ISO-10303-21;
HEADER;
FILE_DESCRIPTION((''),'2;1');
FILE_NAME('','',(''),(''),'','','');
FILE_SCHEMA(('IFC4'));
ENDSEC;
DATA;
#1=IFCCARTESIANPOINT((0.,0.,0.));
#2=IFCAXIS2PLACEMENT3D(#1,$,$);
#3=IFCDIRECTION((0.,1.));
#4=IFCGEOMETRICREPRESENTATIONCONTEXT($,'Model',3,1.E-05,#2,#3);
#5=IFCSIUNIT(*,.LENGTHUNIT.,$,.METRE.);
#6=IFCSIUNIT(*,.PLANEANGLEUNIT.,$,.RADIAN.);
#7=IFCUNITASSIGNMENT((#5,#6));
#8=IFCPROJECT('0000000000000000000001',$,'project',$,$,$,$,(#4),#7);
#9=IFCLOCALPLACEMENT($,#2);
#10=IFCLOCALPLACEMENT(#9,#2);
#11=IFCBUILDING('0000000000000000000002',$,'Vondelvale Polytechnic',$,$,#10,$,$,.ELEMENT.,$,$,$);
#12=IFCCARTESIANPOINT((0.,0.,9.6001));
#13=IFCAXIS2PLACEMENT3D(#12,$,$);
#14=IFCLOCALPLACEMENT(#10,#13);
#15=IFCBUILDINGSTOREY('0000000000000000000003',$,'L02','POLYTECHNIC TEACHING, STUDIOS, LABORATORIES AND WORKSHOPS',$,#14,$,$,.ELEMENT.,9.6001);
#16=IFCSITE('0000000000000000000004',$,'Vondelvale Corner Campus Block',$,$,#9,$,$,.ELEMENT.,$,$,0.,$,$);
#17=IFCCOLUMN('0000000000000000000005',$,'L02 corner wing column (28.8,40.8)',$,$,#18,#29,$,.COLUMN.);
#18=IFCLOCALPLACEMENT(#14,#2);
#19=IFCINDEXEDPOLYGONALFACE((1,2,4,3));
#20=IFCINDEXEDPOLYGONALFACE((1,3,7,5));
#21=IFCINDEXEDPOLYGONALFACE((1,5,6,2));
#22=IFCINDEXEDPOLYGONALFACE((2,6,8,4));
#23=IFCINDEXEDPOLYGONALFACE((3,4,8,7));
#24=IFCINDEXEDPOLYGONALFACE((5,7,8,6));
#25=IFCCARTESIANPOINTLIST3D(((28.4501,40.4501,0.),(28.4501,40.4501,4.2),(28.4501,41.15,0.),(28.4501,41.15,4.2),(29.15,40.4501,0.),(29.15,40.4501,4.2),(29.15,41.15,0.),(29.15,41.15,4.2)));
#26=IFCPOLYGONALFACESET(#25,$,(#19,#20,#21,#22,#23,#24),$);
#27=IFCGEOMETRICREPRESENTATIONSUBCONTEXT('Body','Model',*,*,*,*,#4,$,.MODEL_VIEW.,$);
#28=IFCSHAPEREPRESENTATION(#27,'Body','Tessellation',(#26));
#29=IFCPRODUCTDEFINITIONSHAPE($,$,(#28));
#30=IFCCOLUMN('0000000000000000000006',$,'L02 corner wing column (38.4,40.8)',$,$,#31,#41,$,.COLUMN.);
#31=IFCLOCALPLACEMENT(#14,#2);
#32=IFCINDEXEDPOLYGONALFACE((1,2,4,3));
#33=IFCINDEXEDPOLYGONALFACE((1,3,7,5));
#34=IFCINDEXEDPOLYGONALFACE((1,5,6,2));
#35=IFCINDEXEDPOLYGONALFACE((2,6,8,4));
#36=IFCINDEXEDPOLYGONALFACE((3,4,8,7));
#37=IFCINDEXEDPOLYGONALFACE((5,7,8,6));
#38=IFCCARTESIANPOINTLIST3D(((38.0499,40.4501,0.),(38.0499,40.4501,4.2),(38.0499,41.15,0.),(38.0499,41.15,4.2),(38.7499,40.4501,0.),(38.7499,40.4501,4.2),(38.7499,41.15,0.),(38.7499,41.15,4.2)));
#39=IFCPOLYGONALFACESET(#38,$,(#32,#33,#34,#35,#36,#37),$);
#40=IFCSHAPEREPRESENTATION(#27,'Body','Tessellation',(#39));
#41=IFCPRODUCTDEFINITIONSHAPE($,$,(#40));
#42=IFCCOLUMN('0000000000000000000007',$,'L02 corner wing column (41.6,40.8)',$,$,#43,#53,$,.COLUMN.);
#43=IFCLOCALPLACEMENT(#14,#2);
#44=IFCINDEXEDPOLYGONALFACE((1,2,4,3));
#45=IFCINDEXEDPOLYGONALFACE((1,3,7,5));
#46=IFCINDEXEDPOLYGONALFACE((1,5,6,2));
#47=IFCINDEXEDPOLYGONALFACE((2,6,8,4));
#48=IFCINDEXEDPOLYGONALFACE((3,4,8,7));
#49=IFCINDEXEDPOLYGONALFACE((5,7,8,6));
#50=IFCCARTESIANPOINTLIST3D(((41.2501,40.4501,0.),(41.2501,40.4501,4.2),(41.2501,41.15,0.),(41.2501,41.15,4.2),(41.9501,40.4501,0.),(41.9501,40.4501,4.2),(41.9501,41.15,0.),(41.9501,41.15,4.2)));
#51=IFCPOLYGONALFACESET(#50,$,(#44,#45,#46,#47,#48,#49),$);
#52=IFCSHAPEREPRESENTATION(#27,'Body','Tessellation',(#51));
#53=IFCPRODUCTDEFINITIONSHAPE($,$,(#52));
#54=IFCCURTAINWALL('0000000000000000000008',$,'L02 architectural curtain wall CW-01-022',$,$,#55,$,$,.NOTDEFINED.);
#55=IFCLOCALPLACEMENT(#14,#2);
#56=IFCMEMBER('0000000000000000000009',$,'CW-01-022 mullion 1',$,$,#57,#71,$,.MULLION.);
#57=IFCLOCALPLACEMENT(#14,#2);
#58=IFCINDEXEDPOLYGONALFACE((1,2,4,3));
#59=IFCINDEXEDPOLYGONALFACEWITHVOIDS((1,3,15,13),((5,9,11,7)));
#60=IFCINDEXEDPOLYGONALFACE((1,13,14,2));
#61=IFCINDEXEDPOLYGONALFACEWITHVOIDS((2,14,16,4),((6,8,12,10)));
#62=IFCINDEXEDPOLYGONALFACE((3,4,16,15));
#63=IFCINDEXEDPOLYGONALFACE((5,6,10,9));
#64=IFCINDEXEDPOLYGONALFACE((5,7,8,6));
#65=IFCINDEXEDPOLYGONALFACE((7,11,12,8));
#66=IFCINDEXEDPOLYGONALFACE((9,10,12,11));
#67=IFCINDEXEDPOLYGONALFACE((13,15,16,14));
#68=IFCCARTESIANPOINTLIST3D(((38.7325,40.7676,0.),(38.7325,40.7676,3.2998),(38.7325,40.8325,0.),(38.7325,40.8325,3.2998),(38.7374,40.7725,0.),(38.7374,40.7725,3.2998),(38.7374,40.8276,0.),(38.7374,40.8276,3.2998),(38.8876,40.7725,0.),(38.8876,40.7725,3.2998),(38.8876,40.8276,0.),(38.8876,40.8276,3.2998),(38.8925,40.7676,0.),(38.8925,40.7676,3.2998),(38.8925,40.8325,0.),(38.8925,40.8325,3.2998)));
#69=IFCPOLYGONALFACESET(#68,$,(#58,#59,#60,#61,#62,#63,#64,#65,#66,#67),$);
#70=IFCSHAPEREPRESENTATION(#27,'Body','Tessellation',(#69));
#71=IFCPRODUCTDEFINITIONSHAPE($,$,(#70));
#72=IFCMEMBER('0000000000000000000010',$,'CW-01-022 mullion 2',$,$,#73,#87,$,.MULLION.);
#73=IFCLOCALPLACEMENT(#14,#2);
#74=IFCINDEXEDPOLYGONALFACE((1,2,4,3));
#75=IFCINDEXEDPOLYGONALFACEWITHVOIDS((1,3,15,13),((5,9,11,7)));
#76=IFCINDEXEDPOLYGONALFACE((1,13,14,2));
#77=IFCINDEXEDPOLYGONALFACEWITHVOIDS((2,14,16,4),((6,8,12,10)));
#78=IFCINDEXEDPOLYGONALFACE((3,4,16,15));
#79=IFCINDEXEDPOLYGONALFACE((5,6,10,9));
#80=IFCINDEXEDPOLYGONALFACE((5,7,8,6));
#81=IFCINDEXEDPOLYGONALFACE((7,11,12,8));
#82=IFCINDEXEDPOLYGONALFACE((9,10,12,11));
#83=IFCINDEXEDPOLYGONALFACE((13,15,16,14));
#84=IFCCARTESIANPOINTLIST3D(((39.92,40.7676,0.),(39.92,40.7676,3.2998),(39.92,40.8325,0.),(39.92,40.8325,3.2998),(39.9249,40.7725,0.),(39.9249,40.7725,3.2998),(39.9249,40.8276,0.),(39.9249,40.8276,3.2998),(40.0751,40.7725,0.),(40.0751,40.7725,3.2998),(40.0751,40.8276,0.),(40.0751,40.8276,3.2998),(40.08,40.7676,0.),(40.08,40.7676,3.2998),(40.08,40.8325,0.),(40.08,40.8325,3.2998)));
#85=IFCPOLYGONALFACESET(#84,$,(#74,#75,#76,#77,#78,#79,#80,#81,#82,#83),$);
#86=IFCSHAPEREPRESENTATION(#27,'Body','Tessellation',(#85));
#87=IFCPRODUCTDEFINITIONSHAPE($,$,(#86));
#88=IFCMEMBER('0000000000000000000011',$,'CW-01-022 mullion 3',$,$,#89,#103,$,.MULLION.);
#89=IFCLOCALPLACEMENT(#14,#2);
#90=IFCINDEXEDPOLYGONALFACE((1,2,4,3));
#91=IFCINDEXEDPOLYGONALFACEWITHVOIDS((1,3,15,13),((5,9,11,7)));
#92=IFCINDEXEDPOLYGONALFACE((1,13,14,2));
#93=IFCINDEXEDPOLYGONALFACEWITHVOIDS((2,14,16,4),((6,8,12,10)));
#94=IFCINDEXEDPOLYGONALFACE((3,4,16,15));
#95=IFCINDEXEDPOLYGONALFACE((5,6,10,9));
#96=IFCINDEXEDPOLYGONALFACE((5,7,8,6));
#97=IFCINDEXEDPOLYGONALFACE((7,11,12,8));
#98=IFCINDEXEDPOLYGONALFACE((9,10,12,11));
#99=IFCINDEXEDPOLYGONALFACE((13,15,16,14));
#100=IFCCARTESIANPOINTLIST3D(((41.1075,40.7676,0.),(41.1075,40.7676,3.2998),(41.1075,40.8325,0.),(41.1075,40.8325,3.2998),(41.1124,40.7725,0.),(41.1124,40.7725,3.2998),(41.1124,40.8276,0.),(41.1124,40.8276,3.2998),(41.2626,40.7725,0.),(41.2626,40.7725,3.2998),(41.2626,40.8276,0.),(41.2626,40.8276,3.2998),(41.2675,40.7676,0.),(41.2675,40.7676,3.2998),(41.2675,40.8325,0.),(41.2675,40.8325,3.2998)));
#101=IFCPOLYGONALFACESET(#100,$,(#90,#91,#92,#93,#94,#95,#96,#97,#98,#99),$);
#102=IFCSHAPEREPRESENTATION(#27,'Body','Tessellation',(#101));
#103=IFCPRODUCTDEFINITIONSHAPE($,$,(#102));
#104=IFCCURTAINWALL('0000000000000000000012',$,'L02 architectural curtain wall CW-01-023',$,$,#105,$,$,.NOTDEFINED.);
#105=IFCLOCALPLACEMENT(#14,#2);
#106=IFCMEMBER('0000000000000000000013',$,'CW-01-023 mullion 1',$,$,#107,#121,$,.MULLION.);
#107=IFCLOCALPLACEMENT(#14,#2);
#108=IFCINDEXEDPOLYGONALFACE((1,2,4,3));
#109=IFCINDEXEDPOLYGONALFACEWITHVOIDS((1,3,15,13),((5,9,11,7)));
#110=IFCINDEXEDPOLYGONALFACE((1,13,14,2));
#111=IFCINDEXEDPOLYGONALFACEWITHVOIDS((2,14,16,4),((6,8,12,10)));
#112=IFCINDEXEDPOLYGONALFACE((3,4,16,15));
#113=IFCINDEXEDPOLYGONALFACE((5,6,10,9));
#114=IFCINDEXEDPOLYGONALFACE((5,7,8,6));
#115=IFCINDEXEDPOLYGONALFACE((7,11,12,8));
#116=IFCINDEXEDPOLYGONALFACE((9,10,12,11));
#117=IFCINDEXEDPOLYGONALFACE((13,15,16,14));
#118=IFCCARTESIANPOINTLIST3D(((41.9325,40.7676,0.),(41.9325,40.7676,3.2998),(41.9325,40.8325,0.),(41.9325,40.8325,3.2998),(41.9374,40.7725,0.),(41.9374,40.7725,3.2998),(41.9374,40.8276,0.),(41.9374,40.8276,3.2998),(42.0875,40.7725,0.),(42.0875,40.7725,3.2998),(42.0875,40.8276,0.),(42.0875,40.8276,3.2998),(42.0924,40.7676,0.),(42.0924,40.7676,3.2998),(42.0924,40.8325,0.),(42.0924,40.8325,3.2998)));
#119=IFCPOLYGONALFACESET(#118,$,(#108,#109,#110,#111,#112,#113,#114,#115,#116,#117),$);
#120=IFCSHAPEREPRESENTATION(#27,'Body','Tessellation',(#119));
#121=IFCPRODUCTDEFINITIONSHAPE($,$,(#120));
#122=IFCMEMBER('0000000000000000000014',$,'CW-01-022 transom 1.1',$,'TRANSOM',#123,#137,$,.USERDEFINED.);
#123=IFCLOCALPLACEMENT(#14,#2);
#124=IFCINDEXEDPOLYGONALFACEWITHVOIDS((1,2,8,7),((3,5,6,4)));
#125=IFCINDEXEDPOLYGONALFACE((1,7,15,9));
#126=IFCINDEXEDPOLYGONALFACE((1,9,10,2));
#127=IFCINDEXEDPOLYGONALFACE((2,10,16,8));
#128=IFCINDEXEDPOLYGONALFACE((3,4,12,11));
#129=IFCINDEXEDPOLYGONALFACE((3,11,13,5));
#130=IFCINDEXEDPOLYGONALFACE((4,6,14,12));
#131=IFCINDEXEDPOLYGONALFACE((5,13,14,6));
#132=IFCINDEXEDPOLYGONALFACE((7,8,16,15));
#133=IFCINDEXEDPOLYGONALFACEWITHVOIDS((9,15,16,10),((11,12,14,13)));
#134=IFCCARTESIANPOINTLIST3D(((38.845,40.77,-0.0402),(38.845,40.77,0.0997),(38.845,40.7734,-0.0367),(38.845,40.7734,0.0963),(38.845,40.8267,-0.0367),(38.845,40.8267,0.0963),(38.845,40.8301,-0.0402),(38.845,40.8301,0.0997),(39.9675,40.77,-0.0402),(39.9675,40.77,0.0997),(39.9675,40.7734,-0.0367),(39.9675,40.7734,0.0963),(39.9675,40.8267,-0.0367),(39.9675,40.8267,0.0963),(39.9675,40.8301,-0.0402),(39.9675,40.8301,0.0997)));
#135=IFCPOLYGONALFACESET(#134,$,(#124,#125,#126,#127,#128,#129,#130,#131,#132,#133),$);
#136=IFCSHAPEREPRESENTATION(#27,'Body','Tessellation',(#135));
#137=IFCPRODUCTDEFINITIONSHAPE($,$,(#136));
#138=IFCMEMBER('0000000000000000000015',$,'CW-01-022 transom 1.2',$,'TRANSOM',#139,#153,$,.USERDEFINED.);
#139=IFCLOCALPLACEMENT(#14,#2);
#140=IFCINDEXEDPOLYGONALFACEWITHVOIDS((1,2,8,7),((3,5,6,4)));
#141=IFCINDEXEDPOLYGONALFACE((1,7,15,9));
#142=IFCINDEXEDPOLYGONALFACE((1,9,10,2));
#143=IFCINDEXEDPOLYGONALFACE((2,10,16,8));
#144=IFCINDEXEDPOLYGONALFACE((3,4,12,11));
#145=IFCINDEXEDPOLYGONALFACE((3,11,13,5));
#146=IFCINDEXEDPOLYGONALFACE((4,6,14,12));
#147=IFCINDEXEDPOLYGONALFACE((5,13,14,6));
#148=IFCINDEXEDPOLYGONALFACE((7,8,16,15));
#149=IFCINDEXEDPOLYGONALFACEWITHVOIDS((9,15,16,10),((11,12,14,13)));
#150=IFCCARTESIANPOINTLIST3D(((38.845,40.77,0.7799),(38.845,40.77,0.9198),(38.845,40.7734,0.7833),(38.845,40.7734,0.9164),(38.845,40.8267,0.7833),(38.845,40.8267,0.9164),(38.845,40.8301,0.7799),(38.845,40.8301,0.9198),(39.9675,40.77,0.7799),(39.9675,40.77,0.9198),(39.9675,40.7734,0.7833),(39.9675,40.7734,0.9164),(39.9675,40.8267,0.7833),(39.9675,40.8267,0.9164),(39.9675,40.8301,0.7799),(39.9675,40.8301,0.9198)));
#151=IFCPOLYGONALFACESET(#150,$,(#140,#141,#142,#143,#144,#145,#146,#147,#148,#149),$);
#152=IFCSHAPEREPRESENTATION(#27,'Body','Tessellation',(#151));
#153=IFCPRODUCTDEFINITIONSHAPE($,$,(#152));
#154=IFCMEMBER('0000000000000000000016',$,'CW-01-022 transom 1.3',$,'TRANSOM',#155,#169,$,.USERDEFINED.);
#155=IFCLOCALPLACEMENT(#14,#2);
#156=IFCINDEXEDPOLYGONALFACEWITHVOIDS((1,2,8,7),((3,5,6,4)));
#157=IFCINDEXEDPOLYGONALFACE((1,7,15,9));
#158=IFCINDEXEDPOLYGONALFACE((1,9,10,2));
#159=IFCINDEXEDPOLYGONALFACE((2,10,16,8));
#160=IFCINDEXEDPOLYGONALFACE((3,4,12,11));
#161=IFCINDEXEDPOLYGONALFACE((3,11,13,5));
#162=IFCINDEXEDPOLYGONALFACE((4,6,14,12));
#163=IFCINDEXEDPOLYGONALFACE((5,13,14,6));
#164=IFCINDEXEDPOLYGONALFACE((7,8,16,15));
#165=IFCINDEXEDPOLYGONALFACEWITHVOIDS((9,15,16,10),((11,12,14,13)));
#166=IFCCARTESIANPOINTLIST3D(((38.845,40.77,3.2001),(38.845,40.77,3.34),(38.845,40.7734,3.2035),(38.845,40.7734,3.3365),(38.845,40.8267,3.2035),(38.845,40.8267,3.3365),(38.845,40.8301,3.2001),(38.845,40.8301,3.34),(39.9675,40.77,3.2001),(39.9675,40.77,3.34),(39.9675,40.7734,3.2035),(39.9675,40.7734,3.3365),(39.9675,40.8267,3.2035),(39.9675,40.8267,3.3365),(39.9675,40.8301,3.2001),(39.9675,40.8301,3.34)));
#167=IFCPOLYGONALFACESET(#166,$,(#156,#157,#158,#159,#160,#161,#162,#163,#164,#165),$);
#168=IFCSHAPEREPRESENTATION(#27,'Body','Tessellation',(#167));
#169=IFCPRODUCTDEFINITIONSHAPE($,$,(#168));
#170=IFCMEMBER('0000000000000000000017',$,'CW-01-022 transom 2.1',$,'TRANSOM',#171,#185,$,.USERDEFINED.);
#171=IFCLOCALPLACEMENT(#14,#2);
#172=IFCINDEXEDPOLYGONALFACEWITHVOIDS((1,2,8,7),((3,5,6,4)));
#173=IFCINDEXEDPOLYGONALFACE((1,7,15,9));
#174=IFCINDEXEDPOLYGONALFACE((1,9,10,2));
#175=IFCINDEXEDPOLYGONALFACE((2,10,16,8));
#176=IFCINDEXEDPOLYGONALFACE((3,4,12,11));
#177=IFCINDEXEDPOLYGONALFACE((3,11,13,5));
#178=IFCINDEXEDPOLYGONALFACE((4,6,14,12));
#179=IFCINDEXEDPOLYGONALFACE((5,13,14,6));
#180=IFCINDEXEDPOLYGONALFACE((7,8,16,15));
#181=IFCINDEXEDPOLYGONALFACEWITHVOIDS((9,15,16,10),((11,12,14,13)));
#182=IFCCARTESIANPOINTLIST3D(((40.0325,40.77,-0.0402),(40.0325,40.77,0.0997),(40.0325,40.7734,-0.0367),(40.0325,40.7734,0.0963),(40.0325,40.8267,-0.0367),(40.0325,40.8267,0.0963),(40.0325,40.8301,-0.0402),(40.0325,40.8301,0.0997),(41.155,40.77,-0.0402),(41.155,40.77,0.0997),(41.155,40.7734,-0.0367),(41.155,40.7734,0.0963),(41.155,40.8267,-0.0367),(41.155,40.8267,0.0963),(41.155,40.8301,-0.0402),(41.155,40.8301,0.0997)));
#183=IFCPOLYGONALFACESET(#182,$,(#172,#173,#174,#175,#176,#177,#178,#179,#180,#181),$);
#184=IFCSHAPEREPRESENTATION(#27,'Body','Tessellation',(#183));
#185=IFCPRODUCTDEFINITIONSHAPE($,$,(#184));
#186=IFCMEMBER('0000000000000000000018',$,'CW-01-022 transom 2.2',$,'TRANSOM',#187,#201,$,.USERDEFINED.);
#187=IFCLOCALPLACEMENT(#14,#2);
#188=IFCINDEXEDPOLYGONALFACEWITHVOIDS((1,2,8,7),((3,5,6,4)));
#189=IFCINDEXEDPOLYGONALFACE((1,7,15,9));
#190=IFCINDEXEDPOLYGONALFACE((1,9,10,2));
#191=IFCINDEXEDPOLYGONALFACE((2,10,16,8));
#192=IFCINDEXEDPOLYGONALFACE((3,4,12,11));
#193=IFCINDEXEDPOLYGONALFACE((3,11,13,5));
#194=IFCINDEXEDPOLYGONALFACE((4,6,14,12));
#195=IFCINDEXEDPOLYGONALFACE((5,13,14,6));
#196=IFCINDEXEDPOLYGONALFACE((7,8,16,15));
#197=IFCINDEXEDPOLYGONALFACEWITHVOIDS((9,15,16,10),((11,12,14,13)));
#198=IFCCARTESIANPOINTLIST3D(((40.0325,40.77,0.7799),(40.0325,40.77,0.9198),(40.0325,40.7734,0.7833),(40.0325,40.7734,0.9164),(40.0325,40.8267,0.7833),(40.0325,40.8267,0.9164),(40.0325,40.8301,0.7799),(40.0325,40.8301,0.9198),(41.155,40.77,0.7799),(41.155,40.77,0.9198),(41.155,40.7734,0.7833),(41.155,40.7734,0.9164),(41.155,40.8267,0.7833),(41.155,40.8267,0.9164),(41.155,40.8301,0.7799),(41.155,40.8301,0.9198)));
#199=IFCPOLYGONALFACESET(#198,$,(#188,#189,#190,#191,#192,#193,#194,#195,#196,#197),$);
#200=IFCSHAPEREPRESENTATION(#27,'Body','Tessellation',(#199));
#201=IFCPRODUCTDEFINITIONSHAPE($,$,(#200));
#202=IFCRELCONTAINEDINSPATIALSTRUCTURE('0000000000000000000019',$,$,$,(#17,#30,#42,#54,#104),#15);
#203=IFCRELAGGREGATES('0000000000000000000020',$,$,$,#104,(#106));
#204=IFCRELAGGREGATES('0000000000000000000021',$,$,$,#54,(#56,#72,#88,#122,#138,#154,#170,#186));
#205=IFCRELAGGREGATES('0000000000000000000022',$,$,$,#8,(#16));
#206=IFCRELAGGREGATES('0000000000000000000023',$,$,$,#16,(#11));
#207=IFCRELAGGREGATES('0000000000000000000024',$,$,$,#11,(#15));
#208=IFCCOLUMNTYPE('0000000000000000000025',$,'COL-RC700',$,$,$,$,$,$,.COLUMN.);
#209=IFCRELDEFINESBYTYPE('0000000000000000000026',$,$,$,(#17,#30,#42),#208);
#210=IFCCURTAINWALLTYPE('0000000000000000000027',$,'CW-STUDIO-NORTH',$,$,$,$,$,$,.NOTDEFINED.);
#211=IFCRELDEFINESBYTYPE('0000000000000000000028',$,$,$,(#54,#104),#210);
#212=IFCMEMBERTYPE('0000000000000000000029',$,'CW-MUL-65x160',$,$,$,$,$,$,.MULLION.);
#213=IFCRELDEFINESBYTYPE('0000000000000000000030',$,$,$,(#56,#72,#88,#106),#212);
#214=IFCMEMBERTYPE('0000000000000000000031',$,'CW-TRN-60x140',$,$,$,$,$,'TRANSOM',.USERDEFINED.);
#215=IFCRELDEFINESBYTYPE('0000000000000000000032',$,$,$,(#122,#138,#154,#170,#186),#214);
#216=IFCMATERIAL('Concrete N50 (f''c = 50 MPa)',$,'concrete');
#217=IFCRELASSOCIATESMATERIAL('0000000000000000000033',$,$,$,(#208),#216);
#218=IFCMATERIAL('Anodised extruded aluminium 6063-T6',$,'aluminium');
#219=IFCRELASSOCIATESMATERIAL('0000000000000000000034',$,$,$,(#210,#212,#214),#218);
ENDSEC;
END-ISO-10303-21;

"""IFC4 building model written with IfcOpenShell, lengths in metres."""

from ifc_helpers import new_model, si_unit, direction, frame, origin, origin_2d, place, context, subcontext, project, spatial, rectangle, hollow_rectangle, extrude, material, material_profile, profile_set, type_object, element, aggregate, save


model = new_model("IFC4")

# Units and contexts
model_context = context("Model", 3, precision=1e-05, world=origin(), true_north=direction((0.0, 1.0)))
body_context = subcontext(model_context, "Body", "Model", "MODEL_VIEW")
ifc_project = project(units=[si_unit("LENGTHUNIT", "METRE"), si_unit("PLANEANGLEUNIT", "RADIAN")], contexts=[model_context])

# Site, building, storey
site_placement = place(None, origin())
site = spatial("IfcSite", under=ifc_project, at=site_placement, Name="Vondelvale Corner Campus Block", CompositionType="ELEMENT", RefElevation=0.0)
building_placement = place(site_placement, origin())
building = spatial("IfcBuilding", under=site, at=building_placement, Name="Vondelvale Polytechnic", CompositionType="ELEMENT")
storey_placement = place(building_placement, frame((0.0, 0.0, 9.6001)))
storey = spatial("IfcBuildingStorey", under=building, at=storey_placement, Name="L02", Description="POLYTECHNIC TEACHING, STUDIOS, LABORATORIES AND WORKSHOPS", CompositionType="ELEMENT", Elevation=9.6001)

# Columns
ifc_material_1 = material(Name="Concrete N50 (f'c = 50 MPa)", Category="concrete")
ifc_material_profile_1 = material_profile(ifc_material_1, rectangle(XDim=0.7, YDim=0.7, at=origin_2d()), Name="RC-COL-700x700")
ifc_profile_set_1 = profile_set([ifc_material_profile_1], Name="Concrete N50 (f'c = 50 MPa)")
column_type = type_object("IfcColumnType", Name="COL-RC700", PredefinedType="COLUMN", material=ifc_profile_set_1)
for number, where, z_axis, x_axis, name in (
    (1, (28.8, 40.8, 0.0), (0.0, 0.0, 1.0), (1.0, 0.0, 0.0), "L02 corner wing column (28.8,40.8)"),
    (2, (38.3999, 40.8, 0.0), (0.0, 0.0, 1.0), (1.0, 0.0, 0.0), "L02 corner wing column (38.4,40.8)"),
    (3, (41.6001, 40.8, 0.0), (0.0, 0.0, 1.0), (1.0, 0.0, 0.0), "L02 corner wing column (41.6,40.8)"),
):
    element("IfcColumn", number, at=place(storey_placement, frame(where, z_axis=z_axis, x_axis=x_axis)), inside=storey, type_object=column_type, Name=name, PredefinedType="COLUMN", context=body_context, shape_type="SweptSolid", body=[
        extrude(rectangle(XDim=0.7, YDim=0.7, at=origin_2d()), origin(), (0.0, 0.0, 1.0), 4.2),
    ])

# Curtain wall, members
ifc_material_2 = material(Name="Anodised extruded aluminium 6063-T6", Category="aluminium")
curtain_wall_type = type_object("IfcCurtainWallType", Name="CW-STUDIO-NORTH", PredefinedType="NOTDEFINED", material=ifc_material_2)
curtain_wall_1_placement = place(storey_placement, origin())
curtain_wall_1 = element("IfcCurtainWall", 4, at=curtain_wall_1_placement, inside=storey, type_object=curtain_wall_type, Name="L02 architectural curtain wall CW-01-022", PredefinedType="NOTDEFINED")
ifc_material_profile_2 = material_profile(ifc_material_2, hollow_rectangle(XDim=0.0649, YDim=0.1599, WallThickness=0.0049, at=origin_2d()), Name="CW-MUL-160x65")
ifc_profile_set_2 = profile_set([ifc_material_profile_2], Name="Anodised extruded aluminium 6063-T6")
member_type_1 = type_object("IfcMemberType", Name="CW-MUL-65x160", PredefinedType="MULLION", material=ifc_profile_set_2)
member_1_placement = place(storey_placement, frame((38.8125, 40.8, 0.0), z_axis=(0.0, 0.0, 1.0), x_axis=(0.0, 1.0, 0.0)))
member_1 = element("IfcMember", 5, at=member_1_placement, type_object=member_type_1, Name="CW-01-022 mullion 1", PredefinedType="MULLION", context=body_context, shape_type="SweptSolid", body=[
    extrude(hollow_rectangle(XDim=0.0649, YDim=0.1599, WallThickness=0.0049, at=origin_2d()), origin(), (0.0, 0.0, 1.0), 3.2998),
])
member_2_placement = place(storey_placement, frame((40.0, 40.8, 0.0), z_axis=(0.0, 0.0, 1.0), x_axis=(0.0, 1.0, 0.0)))
member_2 = element("IfcMember", 6, at=member_2_placement, type_object=member_type_1, Name="CW-01-022 mullion 2", PredefinedType="MULLION", context=body_context, shape_type="SweptSolid", body=[
    extrude(hollow_rectangle(XDim=0.0649, YDim=0.1599, WallThickness=0.0049, at=origin_2d()), origin(), (0.0, 0.0, 1.0), 3.2998),
])
member_3_placement = place(storey_placement, frame((41.1875, 40.8, 0.0), z_axis=(0.0, 0.0, 1.0), x_axis=(0.0, 1.0, 0.0)))
member_3 = element("IfcMember", 7, at=member_3_placement, type_object=member_type_1, Name="CW-01-022 mullion 3", PredefinedType="MULLION", context=body_context, shape_type="SweptSolid", body=[
    extrude(hollow_rectangle(XDim=0.0649, YDim=0.1599, WallThickness=0.0049, at=origin_2d()), origin(), (0.0, 0.0, 1.0), 3.2998),
])

# Curtain wall, member
curtain_wall_2_placement = place(storey_placement, origin())
curtain_wall_2 = element("IfcCurtainWall", 8, at=curtain_wall_2_placement, inside=storey, type_object=curtain_wall_type, Name="L02 architectural curtain wall CW-01-023", PredefinedType="NOTDEFINED")
member_4_placement = place(storey_placement, frame((42.0125, 40.8, 0.0), z_axis=(0.0, 0.0, 1.0), x_axis=(0.0, 1.0, 0.0)))
member_4 = element("IfcMember", 9, at=member_4_placement, type_object=member_type_1, Name="CW-01-023 mullion 1", PredefinedType="MULLION", context=body_context, shape_type="SweptSolid", body=[
    extrude(hollow_rectangle(XDim=0.0649, YDim=0.1599, WallThickness=0.0049, at=origin_2d()), origin(), (0.0, 0.0, 1.0), 3.2998),
])

# Members
ifc_material_profile_3 = material_profile(ifc_material_2, hollow_rectangle(XDim=0.0601, YDim=0.1399, WallThickness=0.0034, at=origin_2d()), Name="CW-TRN-140x60")
ifc_profile_set_3 = profile_set([ifc_material_profile_3], Name="Anodised extruded aluminium 6063-T6")
member_type_2 = type_object("IfcMemberType", Name="CW-TRN-60x140", ElementType="TRANSOM", PredefinedType="USERDEFINED", material=ifc_profile_set_3)
member_5_placement = place(storey_placement, frame((38.845, 40.8, 0.0298), z_axis=(1.0, 0.0, 0.0), x_axis=(0.0, 1.0, 0.0)))
member_5 = element("IfcMember", 10, at=member_5_placement, type_object=member_type_2, Name="CW-01-022 transom 1.1", ObjectType="TRANSOM", PredefinedType="USERDEFINED", context=body_context, shape_type="SweptSolid", body=[
    extrude(hollow_rectangle(XDim=0.0601, YDim=0.1399, WallThickness=0.0034, at=origin_2d()), origin(), (0.0, 0.0, 1.0), 1.1226),
])
member_6_placement = place(storey_placement, frame((38.845, 40.8, 0.8499), z_axis=(1.0, 0.0, 0.0), x_axis=(0.0, 1.0, 0.0)))
member_6 = element("IfcMember", 11, at=member_6_placement, type_object=member_type_2, Name="CW-01-022 transom 1.2", ObjectType="TRANSOM", PredefinedType="USERDEFINED", context=body_context, shape_type="SweptSolid", body=[
    extrude(hollow_rectangle(XDim=0.0601, YDim=0.1399, WallThickness=0.0034, at=origin_2d()), origin(), (0.0, 0.0, 1.0), 1.1226),
])
member_7_placement = place(storey_placement, frame((38.845, 40.8, 3.27), z_axis=(1.0, 0.0, 0.0), x_axis=(0.0, 1.0, 0.0)))
member_7 = element("IfcMember", 12, at=member_7_placement, type_object=member_type_2, Name="CW-01-022 transom 1.3", ObjectType="TRANSOM", PredefinedType="USERDEFINED", context=body_context, shape_type="SweptSolid", body=[
    extrude(hollow_rectangle(XDim=0.0601, YDim=0.1399, WallThickness=0.0034, at=origin_2d()), origin(), (0.0, 0.0, 1.0), 1.1226),
])
member_8_placement = place(storey_placement, frame((40.0325, 40.8, 0.0298), z_axis=(1.0, 0.0, 0.0), x_axis=(0.0, 1.0, 0.0)))
member_8 = element("IfcMember", 13, at=member_8_placement, type_object=member_type_2, Name="CW-01-022 transom 2.1", ObjectType="TRANSOM", PredefinedType="USERDEFINED", context=body_context, shape_type="SweptSolid", body=[
    extrude(hollow_rectangle(XDim=0.0601, YDim=0.1399, WallThickness=0.0034, at=origin_2d()), origin(), (0.0, 0.0, 1.0), 1.1226),
])
member_9_placement = place(storey_placement, frame((40.0325, 40.8, 0.8499), z_axis=(1.0, 0.0, 0.0), x_axis=(0.0, 1.0, 0.0)))
member_9 = element("IfcMember", 14, at=member_9_placement, type_object=member_type_2, Name="CW-01-022 transom 2.2", ObjectType="TRANSOM", PredefinedType="USERDEFINED", context=body_context, shape_type="SweptSolid", body=[
    extrude(hollow_rectangle(XDim=0.0601, YDim=0.1399, WallThickness=0.0034, at=origin_2d()), origin(), (0.0, 0.0, 1.0), 1.1226),
])
aggregate(curtain_wall_2, [member_4])

aggregate(curtain_wall_1, [member_1, member_2, member_3, member_5, member_6, member_7, member_8, member_9])

save(model, "model.ifc")
